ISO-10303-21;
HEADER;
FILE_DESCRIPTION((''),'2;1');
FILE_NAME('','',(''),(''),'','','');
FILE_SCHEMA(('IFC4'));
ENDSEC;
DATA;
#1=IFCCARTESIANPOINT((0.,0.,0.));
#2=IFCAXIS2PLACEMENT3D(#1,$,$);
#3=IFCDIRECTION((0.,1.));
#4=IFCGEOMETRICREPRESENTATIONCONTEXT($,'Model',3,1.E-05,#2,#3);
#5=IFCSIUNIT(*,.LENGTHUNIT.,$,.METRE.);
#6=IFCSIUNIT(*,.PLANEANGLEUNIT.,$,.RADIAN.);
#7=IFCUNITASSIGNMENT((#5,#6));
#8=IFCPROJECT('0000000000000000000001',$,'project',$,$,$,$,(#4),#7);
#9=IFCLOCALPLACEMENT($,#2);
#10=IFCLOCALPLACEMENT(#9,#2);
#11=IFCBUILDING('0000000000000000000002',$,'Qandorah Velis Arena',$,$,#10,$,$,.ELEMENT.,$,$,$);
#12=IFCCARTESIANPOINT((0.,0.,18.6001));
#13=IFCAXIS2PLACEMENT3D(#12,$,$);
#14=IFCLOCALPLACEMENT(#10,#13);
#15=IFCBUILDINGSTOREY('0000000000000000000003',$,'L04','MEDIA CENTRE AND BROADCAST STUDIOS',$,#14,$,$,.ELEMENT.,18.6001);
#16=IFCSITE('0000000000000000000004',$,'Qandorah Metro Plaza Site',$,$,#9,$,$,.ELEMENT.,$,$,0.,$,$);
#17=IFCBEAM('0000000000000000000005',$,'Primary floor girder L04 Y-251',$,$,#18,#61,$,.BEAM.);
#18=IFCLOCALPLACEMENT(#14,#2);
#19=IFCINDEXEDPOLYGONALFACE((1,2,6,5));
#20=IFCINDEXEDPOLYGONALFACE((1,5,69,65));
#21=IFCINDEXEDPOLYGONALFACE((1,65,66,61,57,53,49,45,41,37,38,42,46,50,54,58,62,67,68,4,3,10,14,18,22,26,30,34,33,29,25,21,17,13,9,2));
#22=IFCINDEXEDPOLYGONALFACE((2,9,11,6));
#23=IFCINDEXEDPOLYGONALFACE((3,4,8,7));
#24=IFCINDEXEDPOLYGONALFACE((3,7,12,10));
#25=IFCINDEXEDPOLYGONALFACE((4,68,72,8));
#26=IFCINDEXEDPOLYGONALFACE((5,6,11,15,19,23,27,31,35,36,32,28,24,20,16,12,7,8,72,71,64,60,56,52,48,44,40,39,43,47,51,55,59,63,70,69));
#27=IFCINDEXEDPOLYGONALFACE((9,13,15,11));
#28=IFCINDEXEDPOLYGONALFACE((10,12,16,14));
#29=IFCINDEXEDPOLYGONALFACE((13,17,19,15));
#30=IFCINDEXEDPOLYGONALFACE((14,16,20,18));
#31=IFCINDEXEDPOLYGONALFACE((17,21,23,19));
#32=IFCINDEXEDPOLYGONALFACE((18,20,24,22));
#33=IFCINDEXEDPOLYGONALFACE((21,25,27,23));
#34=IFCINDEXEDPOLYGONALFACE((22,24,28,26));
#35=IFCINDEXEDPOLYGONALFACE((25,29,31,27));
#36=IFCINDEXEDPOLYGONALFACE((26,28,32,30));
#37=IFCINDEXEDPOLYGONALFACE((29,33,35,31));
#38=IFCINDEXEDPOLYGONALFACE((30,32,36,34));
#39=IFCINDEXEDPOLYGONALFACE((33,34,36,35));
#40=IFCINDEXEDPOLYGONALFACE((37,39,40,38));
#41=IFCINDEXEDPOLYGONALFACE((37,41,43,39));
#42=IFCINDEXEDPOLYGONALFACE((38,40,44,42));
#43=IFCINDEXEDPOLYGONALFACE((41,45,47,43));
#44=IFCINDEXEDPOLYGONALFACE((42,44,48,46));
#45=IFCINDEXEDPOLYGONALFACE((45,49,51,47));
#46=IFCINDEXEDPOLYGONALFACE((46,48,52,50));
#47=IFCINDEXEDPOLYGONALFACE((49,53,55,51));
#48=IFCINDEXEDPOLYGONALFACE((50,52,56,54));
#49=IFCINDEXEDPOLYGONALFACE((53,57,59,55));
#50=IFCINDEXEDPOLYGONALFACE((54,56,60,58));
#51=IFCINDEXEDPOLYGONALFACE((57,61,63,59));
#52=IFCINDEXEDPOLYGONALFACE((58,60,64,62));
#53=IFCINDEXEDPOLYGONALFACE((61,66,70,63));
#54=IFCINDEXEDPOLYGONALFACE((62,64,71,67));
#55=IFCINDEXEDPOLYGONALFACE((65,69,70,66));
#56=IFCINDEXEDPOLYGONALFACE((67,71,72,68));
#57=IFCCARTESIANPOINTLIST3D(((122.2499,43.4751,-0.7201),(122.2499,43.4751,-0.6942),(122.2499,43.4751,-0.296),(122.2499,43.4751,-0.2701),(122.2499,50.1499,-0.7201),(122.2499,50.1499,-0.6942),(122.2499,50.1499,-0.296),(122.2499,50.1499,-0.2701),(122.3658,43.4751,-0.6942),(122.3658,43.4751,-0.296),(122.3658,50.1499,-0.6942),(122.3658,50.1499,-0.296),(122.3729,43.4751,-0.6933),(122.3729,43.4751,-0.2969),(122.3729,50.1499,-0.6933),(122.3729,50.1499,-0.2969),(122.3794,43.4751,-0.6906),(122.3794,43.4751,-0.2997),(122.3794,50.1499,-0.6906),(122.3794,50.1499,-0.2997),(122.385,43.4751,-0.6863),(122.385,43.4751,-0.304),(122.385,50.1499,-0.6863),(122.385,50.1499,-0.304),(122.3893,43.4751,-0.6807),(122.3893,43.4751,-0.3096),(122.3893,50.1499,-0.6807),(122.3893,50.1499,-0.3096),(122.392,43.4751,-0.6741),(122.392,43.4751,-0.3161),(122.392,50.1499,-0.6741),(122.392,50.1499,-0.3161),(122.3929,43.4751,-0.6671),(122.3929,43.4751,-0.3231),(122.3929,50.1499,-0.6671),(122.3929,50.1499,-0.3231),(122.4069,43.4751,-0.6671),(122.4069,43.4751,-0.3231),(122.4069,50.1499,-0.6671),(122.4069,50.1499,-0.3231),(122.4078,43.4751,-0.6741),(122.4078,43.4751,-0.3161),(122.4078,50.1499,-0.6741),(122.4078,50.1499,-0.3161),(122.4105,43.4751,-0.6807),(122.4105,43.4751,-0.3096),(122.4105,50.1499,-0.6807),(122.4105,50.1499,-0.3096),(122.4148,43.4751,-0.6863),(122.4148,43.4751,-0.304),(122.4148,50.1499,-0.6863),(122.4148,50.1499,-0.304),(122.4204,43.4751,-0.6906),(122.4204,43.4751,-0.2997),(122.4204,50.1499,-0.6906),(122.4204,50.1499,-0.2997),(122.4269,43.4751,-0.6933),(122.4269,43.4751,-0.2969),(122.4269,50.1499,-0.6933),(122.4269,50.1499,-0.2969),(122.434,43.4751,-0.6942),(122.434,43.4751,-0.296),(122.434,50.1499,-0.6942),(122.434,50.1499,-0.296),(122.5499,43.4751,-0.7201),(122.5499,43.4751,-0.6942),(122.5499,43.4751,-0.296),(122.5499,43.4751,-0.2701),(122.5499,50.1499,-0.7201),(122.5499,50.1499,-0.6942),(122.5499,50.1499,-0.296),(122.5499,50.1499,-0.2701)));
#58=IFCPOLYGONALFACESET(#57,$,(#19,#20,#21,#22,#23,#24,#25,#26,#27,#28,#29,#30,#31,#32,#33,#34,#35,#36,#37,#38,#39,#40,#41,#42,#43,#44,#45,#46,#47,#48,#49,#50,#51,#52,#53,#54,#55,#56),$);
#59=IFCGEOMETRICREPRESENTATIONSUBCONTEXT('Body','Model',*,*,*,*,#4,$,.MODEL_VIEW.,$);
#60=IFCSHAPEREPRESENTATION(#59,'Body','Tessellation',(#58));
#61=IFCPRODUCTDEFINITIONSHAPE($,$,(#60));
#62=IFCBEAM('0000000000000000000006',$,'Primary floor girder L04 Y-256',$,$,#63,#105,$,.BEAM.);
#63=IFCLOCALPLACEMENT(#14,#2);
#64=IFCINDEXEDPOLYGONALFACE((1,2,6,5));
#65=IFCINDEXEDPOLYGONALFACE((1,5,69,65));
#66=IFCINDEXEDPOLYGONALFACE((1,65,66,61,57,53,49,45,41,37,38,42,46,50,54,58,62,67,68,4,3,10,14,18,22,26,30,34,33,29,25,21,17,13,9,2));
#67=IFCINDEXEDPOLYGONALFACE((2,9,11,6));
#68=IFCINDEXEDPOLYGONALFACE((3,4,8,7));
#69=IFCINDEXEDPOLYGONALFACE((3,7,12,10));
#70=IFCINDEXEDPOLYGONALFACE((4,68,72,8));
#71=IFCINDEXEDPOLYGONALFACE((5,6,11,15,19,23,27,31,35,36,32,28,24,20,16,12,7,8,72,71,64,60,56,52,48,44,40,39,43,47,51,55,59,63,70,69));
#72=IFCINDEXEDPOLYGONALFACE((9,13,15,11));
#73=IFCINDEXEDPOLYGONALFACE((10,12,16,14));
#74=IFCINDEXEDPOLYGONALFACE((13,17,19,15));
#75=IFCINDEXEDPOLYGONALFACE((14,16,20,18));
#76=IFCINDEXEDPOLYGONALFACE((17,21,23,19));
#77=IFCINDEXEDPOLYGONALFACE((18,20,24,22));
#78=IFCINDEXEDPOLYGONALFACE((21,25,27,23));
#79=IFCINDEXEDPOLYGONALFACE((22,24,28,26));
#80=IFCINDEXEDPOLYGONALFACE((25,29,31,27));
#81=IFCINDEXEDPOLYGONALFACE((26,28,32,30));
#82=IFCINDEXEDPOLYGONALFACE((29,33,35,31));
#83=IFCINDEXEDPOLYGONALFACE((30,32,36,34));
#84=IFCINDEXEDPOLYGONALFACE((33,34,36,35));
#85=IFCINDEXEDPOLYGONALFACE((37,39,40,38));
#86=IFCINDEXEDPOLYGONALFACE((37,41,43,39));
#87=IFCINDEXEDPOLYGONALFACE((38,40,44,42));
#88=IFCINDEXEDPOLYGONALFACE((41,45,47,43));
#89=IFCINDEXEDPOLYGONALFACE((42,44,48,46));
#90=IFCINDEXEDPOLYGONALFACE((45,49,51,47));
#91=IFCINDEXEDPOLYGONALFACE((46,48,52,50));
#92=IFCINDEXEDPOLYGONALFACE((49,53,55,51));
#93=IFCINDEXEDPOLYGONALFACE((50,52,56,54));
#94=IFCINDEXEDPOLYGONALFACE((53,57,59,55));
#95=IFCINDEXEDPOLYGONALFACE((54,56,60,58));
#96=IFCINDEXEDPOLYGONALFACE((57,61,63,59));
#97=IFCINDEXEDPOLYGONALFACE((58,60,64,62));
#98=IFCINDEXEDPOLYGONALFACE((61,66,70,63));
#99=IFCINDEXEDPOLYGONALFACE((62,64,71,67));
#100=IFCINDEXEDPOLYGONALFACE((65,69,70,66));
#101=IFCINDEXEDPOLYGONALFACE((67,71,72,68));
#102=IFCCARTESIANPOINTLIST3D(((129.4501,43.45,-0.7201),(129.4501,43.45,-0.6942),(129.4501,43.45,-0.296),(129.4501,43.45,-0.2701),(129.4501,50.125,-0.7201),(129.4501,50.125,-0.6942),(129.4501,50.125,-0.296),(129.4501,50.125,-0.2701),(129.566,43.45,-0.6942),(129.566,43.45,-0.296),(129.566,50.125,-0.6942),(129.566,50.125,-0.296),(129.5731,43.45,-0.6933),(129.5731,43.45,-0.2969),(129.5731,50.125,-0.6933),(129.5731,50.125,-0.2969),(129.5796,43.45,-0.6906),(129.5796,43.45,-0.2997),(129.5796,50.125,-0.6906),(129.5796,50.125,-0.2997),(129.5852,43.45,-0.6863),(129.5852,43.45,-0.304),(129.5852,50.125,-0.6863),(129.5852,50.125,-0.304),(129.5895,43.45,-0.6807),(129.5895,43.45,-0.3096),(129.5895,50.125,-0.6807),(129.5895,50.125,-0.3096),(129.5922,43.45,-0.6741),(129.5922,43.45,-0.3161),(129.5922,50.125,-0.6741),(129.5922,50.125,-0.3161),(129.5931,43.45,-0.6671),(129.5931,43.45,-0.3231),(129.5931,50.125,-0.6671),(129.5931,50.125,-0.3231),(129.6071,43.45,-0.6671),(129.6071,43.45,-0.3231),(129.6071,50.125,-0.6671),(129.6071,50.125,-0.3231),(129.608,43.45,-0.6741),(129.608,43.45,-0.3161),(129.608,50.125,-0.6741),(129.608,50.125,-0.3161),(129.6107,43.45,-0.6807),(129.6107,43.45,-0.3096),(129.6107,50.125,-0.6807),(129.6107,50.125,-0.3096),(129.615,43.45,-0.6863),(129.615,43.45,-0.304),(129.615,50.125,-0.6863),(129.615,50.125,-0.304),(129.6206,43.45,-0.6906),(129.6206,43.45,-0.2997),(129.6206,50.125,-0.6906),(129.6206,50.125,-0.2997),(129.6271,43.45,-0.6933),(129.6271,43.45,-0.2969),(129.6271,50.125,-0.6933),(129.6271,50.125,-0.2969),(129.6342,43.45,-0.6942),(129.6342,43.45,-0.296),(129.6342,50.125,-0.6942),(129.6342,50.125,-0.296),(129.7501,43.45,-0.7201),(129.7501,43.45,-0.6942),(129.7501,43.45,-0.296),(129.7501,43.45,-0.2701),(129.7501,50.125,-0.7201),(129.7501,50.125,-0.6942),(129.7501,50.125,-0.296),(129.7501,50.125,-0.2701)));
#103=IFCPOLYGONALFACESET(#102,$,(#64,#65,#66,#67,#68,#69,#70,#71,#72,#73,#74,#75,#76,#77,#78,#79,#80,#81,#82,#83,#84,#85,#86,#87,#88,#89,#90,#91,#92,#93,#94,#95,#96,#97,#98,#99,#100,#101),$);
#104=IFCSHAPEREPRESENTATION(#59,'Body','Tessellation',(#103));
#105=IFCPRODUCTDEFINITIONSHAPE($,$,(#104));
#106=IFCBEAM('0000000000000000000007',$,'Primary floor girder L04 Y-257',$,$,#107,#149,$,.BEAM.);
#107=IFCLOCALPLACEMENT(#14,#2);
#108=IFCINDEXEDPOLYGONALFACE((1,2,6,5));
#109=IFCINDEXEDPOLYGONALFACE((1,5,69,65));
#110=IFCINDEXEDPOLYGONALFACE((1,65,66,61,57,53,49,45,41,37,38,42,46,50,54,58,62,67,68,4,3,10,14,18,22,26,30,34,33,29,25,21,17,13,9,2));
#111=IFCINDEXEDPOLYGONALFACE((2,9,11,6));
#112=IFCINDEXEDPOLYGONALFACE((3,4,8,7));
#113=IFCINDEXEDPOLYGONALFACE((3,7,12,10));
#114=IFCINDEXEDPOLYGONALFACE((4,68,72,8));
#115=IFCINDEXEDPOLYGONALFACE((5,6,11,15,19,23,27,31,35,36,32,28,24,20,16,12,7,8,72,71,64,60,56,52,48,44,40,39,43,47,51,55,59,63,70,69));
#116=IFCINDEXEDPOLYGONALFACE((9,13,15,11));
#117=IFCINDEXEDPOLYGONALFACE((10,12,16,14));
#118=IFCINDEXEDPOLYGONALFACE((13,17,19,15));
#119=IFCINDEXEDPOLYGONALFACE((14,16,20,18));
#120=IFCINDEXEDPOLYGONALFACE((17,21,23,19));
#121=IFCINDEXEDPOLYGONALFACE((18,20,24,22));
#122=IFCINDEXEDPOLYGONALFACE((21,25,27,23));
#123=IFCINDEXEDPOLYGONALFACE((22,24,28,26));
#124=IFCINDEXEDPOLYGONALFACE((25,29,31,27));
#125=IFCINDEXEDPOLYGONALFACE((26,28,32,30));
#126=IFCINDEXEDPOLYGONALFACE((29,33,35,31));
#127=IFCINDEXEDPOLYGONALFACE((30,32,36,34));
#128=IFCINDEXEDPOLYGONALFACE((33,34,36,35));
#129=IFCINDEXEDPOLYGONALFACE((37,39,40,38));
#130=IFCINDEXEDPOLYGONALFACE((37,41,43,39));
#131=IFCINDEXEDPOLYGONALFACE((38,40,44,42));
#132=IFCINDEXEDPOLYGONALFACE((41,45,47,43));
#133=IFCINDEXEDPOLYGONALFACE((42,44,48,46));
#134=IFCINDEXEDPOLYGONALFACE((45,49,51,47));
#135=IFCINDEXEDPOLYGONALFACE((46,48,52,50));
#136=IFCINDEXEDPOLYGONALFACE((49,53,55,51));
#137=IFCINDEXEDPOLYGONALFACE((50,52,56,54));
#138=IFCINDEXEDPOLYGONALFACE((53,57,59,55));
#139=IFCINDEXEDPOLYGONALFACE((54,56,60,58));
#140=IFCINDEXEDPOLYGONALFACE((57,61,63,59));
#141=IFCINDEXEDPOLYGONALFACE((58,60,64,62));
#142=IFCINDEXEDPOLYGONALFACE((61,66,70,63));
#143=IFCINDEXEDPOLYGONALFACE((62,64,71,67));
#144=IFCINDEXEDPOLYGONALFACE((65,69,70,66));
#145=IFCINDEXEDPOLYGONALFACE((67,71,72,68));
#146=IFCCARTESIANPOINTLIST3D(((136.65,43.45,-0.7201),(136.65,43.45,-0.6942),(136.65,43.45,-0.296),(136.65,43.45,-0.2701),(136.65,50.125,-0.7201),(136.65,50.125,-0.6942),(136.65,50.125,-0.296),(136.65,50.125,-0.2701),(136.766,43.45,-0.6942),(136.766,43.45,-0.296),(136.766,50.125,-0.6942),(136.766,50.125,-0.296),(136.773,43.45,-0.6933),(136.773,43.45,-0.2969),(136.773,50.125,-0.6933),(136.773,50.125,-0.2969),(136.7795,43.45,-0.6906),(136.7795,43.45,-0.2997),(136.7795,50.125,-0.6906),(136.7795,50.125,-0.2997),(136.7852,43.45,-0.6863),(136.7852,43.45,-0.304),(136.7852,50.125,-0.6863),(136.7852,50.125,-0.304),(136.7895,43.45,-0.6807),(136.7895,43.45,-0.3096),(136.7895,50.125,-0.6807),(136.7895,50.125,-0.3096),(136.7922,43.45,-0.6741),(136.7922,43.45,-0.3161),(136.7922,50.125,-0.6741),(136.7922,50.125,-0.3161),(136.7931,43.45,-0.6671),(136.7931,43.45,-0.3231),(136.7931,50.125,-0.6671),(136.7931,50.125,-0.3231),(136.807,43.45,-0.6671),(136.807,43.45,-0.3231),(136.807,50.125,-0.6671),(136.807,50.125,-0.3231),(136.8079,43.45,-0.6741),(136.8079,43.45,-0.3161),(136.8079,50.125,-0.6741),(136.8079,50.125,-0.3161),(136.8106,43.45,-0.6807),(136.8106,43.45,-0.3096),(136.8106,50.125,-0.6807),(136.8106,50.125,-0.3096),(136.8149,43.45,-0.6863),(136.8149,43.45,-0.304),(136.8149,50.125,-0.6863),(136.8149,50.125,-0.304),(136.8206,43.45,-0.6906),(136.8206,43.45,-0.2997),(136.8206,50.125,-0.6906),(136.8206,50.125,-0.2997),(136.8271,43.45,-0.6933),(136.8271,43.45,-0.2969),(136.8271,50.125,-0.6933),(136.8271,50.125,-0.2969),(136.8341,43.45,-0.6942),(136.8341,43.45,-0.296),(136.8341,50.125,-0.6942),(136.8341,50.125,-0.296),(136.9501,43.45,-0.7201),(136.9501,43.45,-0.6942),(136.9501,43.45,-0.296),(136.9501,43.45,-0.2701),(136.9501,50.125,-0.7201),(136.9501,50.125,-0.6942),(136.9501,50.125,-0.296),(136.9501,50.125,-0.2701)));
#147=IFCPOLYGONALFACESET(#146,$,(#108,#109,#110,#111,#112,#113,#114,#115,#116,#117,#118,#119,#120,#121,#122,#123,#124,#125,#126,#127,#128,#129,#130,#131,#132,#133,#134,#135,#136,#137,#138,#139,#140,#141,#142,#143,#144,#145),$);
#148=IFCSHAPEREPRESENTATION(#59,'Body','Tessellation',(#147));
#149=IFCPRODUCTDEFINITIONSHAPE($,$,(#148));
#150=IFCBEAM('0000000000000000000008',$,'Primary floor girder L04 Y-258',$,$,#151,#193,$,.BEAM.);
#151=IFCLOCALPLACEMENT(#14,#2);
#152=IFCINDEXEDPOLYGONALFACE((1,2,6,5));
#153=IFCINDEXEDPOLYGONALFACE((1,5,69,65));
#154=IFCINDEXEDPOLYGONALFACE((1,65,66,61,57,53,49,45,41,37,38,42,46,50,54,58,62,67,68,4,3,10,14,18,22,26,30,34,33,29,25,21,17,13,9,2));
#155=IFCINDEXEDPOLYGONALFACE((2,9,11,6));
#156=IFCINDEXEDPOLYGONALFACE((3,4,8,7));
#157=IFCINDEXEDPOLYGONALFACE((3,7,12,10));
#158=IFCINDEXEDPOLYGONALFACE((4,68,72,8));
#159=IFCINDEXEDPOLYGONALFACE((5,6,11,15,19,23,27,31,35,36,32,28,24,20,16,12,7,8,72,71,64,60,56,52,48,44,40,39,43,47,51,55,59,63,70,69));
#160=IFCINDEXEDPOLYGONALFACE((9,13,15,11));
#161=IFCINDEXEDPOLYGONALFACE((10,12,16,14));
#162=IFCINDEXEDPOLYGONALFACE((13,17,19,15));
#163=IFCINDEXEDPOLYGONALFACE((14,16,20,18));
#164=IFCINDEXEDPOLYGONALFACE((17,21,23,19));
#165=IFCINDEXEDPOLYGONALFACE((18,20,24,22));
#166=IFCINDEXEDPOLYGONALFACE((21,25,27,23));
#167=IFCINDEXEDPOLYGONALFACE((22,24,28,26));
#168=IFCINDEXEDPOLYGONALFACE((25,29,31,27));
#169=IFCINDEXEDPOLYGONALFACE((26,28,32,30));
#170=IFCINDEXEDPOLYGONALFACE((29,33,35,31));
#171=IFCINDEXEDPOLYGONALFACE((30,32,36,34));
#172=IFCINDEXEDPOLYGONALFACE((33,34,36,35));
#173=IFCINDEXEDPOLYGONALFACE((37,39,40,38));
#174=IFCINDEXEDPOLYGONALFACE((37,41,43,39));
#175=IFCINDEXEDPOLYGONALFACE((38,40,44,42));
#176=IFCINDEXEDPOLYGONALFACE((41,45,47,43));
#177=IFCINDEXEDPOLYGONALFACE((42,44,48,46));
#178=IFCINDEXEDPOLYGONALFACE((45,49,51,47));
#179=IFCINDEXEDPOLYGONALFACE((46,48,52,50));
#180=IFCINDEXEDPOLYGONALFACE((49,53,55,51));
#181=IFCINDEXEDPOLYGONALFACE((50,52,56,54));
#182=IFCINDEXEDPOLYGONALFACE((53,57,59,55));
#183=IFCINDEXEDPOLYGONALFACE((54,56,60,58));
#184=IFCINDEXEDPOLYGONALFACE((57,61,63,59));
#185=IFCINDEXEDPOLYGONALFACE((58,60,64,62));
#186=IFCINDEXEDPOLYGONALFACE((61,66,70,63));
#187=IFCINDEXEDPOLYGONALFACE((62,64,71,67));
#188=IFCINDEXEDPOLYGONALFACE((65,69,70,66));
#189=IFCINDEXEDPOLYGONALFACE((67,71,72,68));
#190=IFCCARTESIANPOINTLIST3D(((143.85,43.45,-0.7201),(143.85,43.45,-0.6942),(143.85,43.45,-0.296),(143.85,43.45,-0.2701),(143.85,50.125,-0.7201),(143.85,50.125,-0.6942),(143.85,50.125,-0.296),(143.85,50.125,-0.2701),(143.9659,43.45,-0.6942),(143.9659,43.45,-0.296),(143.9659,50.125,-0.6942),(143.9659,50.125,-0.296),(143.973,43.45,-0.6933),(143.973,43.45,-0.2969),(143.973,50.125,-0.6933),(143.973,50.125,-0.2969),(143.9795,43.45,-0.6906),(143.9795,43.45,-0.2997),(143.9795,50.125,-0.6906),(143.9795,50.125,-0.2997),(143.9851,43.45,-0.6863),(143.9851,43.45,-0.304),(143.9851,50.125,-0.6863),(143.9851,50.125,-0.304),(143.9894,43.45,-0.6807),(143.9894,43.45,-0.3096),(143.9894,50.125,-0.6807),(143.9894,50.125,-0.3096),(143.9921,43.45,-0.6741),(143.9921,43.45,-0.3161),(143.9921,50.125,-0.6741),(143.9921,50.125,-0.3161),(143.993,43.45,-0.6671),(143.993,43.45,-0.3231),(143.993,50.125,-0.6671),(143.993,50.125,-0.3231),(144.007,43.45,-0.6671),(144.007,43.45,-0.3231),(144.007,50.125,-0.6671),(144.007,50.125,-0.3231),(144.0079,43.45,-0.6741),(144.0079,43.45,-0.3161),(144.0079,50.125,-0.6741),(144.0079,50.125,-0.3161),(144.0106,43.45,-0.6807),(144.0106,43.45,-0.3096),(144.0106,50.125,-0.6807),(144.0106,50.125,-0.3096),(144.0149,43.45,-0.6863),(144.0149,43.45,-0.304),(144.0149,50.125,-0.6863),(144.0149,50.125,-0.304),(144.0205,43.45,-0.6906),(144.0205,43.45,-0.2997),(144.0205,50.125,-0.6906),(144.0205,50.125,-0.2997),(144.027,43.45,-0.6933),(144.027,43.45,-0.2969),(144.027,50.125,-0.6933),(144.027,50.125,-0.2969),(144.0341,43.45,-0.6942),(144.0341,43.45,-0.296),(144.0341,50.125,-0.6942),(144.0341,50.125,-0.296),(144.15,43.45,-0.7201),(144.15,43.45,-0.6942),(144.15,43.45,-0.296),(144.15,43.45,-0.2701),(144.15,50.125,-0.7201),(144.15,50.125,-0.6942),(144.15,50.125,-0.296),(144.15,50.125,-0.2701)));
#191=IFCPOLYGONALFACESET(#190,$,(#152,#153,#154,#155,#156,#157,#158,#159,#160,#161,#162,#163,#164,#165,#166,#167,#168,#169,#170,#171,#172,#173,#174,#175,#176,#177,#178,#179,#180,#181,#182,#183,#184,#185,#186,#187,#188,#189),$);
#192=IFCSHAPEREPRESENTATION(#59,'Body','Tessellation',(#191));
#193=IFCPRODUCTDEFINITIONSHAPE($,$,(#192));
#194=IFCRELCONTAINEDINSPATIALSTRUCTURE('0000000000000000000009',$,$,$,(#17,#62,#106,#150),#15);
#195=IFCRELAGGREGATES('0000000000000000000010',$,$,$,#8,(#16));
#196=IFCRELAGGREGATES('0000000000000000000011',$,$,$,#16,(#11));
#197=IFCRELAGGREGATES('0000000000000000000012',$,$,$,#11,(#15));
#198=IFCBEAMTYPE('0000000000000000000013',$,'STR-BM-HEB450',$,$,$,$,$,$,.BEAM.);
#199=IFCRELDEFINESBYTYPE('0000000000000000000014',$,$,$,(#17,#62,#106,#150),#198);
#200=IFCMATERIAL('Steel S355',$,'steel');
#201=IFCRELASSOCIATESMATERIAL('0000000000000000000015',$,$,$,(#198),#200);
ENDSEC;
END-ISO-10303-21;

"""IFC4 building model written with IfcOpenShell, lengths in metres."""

from ifc_helpers import new_model, si_unit, direction, frame, origin, origin_2d, place, context, subcontext, project, spatial, i_section, extrude, material, material_profile, profile_set, type_object, element, save


model = new_model("IFC4")

# Units and contexts
model_context = context("Model", 3, precision=1e-05, world=origin(), true_north=direction((0.0, 1.0)))
body_context = subcontext(model_context, "Body", "Model", "MODEL_VIEW")
ifc_project = project(units=[si_unit("LENGTHUNIT", "METRE"), si_unit("PLANEANGLEUNIT", "RADIAN")], contexts=[model_context])

# Site, building, storey
site_placement = place(None, origin())
site = spatial("IfcSite", under=ifc_project, at=site_placement, Name="Qandorah Metro Plaza Site", CompositionType="ELEMENT", RefElevation=0.0)
building_placement = place(site_placement, origin())
building = spatial("IfcBuilding", under=site, at=building_placement, Name="Qandorah Velis Arena", CompositionType="ELEMENT")
storey_placement = place(building_placement, frame((0.0, 0.0, 18.6001)))
storey = spatial("IfcBuildingStorey", under=building, at=storey_placement, Name="L04", Description="MEDIA CENTRE AND BROADCAST STUDIOS", CompositionType="ELEMENT", Elevation=18.6001)

# Beams
ifc_material_1 = material(Name="Steel S355", Category="steel")
ifc_material_profile_1 = material_profile(ifc_material_1, i_section(OverallWidth=0.3, OverallDepth=0.45, WebThickness=0.0139, FlangeThickness=0.0259, FilletRadius=0.0271, at=origin_2d()), Name="HEB 450")
ifc_profile_set_1 = profile_set([ifc_material_profile_1], Name="Steel S355")
beam_type_1 = type_object("IfcBeamType", Name="STR-BM-HEB450", PredefinedType="BEAM", material=ifc_profile_set_1)
beam_1_placement = place(storey_placement, frame((122.3999, 43.4751, -0.4951), z_axis=(0.0, 1.0, 0.0), x_axis=(-1.0, 0.0, 0.0)))
element("IfcBeam", 1, at=beam_1_placement, inside=storey, type_object=beam_type_1, Name="Primary floor girder L04 Y-251", PredefinedType="BEAM", context=body_context, shape_type="SweptSolid", body=[
    extrude(i_section(OverallWidth=0.3, OverallDepth=0.45, WebThickness=0.0139, FlangeThickness=0.0259, FilletRadius=0.0271, at=origin_2d()), origin(), (0.0, 0.0, 1.0), 6.6748),
])
for number, where, z_axis, x_axis, name in (
    (2, (129.6001, 43.45, -0.4951), (0.0, 1.0, 0.0), (-1.0, 0.0, 0.0), "Primary floor girder L04 Y-256"),
    (3, (136.8, 43.45, -0.4951), (0.0, 1.0, 0.0), (-1.0, 0.0, 0.0), "Primary floor girder L04 Y-257"),
    (4, (144.0, 43.45, -0.4951), (0.0, 1.0, 0.0), (-1.0, 0.0, 0.0), "Primary floor girder L04 Y-258"),
):
    element("IfcBeam", number, at=place(storey_placement, frame(where, z_axis=z_axis, x_axis=x_axis)), inside=storey, type_object=beam_type_1, Name=name, PredefinedType="BEAM", context=body_context, shape_type="SweptSolid", body=[
        extrude(i_section(OverallWidth=0.3, OverallDepth=0.45, WebThickness=0.0139, FlangeThickness=0.0259, FilletRadius=0.0271, at=origin_2d()), origin(), (0.0, 0.0, 1.0), 6.675),
    ])

save(model, "model.ifc")
